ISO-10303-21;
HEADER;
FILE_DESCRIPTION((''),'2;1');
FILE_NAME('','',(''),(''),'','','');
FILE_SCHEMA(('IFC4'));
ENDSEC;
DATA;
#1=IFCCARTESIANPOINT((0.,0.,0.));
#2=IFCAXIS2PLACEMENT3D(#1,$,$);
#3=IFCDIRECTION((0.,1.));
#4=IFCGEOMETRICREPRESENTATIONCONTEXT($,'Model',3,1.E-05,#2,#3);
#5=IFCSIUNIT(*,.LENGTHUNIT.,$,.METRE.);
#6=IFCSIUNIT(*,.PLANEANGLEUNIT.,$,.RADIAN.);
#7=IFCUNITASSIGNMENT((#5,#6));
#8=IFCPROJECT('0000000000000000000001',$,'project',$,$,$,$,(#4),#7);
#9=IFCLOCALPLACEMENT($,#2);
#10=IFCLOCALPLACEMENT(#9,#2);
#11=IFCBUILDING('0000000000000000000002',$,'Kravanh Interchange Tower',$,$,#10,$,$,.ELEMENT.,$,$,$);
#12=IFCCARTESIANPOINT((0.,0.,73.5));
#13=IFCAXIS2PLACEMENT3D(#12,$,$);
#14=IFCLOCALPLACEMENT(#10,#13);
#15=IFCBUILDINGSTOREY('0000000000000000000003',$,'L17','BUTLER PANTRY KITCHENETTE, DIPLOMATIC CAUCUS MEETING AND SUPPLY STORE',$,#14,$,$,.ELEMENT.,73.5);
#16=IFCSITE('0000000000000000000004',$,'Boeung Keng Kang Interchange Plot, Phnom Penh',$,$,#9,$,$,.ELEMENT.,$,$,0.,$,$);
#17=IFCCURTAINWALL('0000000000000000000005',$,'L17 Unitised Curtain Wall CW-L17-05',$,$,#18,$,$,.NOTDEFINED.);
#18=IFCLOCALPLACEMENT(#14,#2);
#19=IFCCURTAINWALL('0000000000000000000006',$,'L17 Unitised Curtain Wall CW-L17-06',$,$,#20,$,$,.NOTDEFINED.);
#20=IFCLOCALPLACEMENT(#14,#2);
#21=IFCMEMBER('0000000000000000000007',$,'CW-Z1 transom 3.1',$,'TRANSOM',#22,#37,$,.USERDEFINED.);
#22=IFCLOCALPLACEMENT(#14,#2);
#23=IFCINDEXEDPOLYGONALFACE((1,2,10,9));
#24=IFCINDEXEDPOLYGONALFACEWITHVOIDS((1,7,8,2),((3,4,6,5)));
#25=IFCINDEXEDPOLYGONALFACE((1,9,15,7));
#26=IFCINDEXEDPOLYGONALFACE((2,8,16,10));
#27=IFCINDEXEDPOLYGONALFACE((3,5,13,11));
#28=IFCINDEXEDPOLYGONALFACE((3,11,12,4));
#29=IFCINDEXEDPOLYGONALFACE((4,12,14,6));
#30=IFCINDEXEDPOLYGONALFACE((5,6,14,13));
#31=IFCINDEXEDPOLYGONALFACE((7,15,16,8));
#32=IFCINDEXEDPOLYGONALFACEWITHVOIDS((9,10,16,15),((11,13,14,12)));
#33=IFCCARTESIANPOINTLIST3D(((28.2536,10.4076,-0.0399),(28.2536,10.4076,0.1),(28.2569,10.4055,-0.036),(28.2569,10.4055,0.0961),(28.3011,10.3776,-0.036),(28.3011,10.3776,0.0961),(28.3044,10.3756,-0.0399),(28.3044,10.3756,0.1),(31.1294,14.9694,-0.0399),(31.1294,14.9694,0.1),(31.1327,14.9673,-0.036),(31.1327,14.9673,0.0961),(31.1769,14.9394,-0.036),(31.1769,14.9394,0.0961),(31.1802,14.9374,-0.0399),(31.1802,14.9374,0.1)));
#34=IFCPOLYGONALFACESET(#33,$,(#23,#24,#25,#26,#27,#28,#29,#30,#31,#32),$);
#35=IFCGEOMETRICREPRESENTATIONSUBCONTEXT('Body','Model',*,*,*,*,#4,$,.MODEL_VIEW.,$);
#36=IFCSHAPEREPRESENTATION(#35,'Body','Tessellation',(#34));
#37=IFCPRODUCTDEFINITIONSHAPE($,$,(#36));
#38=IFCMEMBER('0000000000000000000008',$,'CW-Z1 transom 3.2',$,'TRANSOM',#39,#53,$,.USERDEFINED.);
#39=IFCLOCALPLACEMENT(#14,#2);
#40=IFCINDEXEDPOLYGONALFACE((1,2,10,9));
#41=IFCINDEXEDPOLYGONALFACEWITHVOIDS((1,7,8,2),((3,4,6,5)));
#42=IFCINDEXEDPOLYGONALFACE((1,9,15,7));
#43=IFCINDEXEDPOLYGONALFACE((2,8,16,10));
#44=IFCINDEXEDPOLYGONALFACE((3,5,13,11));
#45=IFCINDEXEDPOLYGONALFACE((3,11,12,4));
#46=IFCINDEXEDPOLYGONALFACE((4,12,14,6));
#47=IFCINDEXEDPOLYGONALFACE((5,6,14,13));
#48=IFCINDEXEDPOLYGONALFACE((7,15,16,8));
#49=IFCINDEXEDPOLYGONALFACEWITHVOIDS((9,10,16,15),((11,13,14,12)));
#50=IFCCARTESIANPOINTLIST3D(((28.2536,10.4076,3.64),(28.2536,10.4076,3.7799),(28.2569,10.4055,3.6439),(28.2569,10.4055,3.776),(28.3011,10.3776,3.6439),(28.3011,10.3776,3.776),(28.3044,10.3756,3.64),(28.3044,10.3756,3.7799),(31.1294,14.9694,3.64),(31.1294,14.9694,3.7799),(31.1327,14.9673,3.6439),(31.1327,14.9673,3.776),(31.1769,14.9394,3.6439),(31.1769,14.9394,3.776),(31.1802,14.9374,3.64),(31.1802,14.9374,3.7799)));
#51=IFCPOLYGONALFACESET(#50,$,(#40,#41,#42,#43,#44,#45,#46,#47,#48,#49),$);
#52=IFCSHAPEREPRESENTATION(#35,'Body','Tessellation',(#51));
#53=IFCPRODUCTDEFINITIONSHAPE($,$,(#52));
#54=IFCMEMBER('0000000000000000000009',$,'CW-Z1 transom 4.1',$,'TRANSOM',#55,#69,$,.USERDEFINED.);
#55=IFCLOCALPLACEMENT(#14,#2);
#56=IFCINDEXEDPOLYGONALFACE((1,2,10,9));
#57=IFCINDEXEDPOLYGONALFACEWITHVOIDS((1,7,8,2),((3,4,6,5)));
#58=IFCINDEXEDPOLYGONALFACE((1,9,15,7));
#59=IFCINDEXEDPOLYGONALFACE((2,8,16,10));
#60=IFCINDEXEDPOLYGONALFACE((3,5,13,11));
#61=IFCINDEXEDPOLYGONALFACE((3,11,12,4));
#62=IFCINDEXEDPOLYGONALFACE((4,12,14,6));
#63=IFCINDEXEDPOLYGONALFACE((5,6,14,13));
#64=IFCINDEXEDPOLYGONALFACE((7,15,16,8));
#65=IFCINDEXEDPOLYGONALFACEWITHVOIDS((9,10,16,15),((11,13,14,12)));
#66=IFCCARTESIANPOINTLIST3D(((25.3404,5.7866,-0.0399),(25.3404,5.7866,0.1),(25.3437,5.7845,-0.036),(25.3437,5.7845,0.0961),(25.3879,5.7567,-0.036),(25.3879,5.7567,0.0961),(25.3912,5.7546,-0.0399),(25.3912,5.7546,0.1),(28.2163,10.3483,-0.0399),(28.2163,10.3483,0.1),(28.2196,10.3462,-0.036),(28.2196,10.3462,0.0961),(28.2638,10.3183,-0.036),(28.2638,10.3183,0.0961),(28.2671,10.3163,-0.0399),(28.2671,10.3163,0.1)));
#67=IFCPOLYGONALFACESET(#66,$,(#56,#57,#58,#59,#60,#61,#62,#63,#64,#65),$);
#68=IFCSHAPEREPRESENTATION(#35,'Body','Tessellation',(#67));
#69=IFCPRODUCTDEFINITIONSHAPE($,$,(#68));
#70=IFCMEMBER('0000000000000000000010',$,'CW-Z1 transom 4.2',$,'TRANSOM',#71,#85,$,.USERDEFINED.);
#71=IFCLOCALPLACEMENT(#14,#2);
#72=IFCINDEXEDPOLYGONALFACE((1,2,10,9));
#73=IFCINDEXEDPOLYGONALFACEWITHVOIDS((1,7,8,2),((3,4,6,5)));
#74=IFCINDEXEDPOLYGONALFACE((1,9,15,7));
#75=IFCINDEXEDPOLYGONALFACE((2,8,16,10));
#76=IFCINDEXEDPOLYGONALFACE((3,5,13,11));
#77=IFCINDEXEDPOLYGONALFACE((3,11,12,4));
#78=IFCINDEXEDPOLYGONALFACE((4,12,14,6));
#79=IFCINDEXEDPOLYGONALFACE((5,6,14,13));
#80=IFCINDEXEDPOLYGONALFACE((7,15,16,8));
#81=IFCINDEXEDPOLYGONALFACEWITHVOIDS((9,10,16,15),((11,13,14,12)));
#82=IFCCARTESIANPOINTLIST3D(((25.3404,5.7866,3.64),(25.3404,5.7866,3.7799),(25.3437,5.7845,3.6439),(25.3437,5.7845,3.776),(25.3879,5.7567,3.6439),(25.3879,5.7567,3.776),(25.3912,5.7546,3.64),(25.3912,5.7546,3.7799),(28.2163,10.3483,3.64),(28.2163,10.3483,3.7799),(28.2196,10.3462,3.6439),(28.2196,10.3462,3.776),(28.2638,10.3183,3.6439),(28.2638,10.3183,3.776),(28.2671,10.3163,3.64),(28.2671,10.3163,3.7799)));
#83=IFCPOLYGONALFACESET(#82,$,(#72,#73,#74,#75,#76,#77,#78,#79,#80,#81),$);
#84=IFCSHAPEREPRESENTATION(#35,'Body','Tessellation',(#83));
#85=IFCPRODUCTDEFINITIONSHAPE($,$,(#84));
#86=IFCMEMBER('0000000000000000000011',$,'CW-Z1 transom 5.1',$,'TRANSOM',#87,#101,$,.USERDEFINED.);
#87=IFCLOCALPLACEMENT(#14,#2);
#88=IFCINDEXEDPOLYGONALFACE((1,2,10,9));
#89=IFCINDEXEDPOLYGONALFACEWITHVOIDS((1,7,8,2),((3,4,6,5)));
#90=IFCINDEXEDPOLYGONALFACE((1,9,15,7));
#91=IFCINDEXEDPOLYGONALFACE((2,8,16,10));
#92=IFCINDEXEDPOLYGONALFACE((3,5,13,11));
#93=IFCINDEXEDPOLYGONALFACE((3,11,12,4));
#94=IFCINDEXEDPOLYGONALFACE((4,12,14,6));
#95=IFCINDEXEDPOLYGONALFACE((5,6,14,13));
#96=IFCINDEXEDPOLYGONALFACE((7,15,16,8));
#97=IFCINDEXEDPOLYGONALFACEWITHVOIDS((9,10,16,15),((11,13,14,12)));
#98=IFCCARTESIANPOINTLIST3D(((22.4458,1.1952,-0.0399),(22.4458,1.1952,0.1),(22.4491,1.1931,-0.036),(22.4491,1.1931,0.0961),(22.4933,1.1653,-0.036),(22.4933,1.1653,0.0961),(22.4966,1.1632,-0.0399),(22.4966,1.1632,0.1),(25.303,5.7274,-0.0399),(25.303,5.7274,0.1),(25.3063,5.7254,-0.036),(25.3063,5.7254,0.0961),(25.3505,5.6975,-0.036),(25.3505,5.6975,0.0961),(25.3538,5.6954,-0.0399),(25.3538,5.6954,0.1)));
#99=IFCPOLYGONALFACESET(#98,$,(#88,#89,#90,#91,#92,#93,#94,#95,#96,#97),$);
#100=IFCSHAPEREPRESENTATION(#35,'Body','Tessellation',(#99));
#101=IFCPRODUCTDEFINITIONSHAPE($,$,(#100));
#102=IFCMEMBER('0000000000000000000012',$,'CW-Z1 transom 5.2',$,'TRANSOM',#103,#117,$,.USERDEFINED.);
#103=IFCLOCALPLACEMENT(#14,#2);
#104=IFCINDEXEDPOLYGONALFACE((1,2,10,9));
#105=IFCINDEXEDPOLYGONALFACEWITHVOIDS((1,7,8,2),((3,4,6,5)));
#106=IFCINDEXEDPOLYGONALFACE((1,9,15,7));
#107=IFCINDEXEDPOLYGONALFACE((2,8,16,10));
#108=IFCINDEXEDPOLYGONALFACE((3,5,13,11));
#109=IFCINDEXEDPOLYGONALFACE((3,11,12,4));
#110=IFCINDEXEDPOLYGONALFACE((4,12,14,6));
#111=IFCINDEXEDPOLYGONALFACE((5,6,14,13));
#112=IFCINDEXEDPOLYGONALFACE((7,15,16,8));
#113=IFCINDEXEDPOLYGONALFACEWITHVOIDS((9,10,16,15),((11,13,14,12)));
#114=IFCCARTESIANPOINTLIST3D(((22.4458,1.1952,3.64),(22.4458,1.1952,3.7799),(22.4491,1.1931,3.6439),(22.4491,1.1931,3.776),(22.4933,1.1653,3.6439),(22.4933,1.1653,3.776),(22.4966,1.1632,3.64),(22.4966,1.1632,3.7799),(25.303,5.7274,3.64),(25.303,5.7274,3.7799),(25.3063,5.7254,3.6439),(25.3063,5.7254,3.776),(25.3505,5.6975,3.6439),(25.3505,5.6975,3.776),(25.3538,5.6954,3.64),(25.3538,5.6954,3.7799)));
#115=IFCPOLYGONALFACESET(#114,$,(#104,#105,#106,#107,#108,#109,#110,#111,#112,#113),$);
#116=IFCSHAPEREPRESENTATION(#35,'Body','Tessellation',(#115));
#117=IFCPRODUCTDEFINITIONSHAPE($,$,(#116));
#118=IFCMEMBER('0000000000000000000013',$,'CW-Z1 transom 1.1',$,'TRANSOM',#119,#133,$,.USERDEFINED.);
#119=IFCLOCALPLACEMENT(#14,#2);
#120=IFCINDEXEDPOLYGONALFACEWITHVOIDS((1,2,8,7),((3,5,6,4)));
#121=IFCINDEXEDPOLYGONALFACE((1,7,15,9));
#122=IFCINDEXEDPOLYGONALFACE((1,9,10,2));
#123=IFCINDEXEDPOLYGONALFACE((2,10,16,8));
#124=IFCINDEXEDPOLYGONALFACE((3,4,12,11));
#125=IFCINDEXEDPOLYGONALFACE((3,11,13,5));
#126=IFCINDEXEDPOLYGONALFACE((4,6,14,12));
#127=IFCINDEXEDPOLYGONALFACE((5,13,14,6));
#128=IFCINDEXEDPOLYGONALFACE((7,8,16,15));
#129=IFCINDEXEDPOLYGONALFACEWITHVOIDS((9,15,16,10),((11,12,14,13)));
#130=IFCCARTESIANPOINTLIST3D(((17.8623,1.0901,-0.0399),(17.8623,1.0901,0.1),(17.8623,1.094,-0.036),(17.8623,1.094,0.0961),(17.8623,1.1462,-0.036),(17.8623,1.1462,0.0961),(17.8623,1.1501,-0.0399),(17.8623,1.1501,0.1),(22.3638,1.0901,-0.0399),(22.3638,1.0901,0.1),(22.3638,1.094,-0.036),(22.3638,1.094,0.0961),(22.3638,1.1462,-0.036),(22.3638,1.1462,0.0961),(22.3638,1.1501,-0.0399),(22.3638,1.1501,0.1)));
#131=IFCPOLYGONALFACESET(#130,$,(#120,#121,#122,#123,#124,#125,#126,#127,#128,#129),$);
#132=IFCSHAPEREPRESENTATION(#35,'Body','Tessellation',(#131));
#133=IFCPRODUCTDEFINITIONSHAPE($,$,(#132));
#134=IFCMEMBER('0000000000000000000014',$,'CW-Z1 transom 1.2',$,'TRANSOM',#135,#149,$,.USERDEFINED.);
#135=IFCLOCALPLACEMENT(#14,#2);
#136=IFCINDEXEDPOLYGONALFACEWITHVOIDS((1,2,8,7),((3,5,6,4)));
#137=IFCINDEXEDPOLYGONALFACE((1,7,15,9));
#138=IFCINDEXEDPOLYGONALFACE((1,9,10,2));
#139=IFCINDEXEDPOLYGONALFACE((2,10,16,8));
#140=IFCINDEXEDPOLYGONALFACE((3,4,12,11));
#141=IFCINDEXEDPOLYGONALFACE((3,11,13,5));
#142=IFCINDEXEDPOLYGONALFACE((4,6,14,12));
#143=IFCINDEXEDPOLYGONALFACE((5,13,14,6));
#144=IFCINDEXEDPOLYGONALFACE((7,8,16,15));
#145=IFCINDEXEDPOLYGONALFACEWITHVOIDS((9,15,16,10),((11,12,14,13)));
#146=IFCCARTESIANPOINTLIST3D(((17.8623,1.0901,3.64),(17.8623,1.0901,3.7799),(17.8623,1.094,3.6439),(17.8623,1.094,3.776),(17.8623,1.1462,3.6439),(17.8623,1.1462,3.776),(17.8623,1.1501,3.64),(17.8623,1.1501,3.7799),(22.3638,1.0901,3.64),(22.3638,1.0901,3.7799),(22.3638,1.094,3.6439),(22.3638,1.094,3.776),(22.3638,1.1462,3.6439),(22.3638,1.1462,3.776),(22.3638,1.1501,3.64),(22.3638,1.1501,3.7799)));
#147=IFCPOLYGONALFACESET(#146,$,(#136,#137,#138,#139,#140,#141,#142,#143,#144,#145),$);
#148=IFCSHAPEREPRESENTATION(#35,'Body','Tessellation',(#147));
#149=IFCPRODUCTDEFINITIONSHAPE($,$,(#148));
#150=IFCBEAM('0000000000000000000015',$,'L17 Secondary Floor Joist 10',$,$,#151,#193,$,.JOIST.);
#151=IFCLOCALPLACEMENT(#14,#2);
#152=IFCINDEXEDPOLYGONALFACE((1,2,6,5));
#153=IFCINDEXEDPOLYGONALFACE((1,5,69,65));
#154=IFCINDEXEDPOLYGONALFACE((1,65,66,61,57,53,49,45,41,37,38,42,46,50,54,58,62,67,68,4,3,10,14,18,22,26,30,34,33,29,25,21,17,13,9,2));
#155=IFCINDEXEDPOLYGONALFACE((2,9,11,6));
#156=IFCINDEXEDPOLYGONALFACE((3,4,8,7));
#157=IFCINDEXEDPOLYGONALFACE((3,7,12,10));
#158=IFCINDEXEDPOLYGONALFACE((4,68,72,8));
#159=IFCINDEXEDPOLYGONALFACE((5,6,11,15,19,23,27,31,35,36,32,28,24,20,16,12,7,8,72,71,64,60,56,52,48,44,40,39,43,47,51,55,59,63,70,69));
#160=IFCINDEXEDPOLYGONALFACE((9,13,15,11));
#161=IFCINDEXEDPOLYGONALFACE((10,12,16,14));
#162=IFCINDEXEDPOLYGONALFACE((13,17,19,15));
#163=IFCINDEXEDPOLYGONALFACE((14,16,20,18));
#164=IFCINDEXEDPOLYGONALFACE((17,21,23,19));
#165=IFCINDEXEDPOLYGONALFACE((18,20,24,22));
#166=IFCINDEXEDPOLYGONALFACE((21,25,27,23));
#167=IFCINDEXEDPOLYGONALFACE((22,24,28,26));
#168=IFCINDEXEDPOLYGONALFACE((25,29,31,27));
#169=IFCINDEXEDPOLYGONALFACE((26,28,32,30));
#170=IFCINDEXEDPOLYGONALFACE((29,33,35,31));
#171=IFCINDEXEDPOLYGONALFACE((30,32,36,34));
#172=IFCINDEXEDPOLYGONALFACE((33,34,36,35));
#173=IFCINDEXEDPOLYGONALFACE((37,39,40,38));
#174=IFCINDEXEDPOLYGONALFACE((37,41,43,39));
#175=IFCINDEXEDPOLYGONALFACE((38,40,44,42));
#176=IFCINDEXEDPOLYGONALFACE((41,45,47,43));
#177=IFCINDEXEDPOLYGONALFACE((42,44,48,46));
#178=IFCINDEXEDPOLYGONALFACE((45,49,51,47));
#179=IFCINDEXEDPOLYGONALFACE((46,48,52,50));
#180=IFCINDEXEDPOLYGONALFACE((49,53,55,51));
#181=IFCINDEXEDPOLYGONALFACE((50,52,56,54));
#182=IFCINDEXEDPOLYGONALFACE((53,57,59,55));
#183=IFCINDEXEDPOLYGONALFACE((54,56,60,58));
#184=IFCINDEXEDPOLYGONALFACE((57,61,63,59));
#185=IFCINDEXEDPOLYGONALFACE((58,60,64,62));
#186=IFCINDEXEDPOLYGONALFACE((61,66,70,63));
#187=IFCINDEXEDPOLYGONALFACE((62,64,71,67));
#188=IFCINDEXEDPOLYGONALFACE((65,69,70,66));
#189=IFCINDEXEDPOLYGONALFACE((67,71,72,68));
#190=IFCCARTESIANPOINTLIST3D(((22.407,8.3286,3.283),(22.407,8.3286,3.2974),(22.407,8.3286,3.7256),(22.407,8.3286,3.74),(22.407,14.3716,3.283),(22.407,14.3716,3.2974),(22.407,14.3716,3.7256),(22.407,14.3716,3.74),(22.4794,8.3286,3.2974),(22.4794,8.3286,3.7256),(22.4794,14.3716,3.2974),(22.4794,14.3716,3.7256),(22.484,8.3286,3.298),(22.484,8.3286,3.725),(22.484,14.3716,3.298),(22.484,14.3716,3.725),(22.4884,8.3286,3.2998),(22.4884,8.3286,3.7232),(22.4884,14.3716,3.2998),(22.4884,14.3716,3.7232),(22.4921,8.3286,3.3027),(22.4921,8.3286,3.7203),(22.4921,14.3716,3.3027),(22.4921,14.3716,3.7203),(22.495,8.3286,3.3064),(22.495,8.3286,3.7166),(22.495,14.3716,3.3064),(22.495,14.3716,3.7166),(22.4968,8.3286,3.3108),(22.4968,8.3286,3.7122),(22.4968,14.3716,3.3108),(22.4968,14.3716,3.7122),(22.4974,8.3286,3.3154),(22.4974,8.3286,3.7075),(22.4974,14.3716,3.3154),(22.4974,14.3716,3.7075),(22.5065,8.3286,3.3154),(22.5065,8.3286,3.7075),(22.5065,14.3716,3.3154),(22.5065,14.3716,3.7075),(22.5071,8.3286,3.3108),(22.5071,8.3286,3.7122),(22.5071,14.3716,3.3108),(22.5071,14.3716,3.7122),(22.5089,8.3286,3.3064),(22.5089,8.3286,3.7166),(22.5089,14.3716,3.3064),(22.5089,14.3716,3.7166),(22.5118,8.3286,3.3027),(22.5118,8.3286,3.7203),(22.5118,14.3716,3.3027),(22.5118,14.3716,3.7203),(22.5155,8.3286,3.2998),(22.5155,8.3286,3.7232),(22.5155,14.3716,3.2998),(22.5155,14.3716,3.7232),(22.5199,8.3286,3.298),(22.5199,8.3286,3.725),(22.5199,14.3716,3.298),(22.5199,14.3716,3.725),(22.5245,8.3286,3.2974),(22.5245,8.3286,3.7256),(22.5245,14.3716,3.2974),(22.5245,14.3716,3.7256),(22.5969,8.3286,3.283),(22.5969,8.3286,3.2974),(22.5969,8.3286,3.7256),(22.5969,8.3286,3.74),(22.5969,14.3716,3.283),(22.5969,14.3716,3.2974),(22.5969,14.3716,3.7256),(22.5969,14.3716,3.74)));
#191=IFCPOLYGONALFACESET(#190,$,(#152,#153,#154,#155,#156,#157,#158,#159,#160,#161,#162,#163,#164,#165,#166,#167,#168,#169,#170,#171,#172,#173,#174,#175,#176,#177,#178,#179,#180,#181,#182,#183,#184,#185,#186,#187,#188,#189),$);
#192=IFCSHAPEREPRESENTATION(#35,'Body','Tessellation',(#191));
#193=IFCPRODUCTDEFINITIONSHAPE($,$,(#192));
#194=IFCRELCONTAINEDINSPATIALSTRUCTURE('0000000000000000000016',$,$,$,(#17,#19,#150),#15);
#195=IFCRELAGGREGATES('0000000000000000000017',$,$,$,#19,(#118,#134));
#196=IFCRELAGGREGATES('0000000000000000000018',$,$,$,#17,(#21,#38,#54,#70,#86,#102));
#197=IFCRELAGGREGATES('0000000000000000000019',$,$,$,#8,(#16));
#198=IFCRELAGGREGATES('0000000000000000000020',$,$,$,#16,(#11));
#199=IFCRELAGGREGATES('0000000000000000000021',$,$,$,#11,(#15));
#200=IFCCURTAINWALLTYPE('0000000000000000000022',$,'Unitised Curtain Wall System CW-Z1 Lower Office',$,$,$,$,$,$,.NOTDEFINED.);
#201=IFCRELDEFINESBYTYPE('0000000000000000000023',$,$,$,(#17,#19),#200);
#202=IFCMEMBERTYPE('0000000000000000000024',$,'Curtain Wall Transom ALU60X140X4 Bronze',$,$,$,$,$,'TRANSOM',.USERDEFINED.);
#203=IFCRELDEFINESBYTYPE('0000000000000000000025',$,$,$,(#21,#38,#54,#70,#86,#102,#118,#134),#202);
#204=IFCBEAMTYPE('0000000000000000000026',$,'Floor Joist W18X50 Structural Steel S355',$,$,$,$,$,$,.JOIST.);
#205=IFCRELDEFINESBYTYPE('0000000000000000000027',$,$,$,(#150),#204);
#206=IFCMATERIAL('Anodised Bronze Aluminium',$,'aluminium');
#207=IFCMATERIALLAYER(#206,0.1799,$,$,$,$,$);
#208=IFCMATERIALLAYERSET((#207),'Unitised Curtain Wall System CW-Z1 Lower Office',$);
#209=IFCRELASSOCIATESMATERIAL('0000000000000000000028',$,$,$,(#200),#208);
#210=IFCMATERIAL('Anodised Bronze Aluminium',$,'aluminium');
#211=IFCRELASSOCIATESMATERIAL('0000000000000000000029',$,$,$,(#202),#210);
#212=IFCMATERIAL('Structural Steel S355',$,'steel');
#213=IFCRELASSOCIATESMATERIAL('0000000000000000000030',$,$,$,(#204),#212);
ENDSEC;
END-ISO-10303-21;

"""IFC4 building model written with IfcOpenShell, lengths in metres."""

from ifc_helpers import new_model, si_unit, direction, frame, origin, origin_2d, place, context, subcontext, project, spatial, hollow_rectangle, i_section, extrude, material, layer, layer_set, material_profile, profile_set, type_object, element, aggregate, save


model = new_model("IFC4")

# Units and contexts
model_context = context("Model", 3, precision=1e-05, world=origin(), true_north=direction((0.0, 1.0)))
body_context = subcontext(model_context, "Body", "Model", "MODEL_VIEW")
ifc_project = project(units=[si_unit("LENGTHUNIT", "METRE"), si_unit("PLANEANGLEUNIT", "RADIAN")], contexts=[model_context])

# Site, building, storey
site_placement = place(None, origin())
site = spatial("IfcSite", under=ifc_project, at=site_placement, Name="Boeung Keng Kang Interchange Plot, Phnom Penh", CompositionType="ELEMENT", RefElevation=0.0)
building_placement = place(site_placement, origin())
building = spatial("IfcBuilding", under=site, at=building_placement, Name="Kravanh Interchange Tower", CompositionType="ELEMENT")
storey_placement = place(building_placement, frame((0.0, 0.0, 73.5)))
storey = spatial("IfcBuildingStorey", under=building, at=storey_placement, Name="L17", Description="BUTLER PANTRY KITCHENETTE, DIPLOMATIC CAUCUS MEETING AND SUPPLY STORE", CompositionType="ELEMENT", Elevation=73.5)

# Curtain wall
ifc_material_1 = material(Name="Anodised Bronze Aluminium", Category="aluminium")
ifc_layer_1 = layer(ifc_material_1, 0.1799)
ifc_layer_set_1 = layer_set([ifc_layer_1], Name="Unitised Curtain Wall System CW-Z1 Lower Office")
curtain_wall_type = type_object("IfcCurtainWallType", Name="Unitised Curtain Wall System CW-Z1 Lower Office", PredefinedType="NOTDEFINED", material=ifc_layer_set_1)
curtain_wall_1_placement = place(storey_placement, origin())
curtain_wall_1 = element("IfcCurtainWall", 1, at=curtain_wall_1_placement, inside=storey, type_object=curtain_wall_type, Name="L17 Unitised Curtain Wall CW-L17-05", PredefinedType="NOTDEFINED")

# Curtain wall
curtain_wall_2_placement = place(storey_placement, origin())
curtain_wall_2 = element("IfcCurtainWall", 2, at=curtain_wall_2_placement, inside=storey, type_object=curtain_wall_type, Name="L17 Unitised Curtain Wall CW-L17-06", PredefinedType="NOTDEFINED")

# Members
ifc_material_2 = material(Name="Anodised Bronze Aluminium", Category="aluminium")
ifc_material_profile_1 = material_profile(ifc_material_2, hollow_rectangle(XDim=0.0601, YDim=0.1399, WallThickness=0.0039, at=origin_2d()), Name="ALU60X140X4")
ifc_profile_set_1 = profile_set([ifc_material_profile_1], Name="Anodised Bronze Aluminium")
member_type_1 = type_object("IfcMemberType", Name="Curtain Wall Transom ALU60X140X4 Bronze", ElementType="TRANSOM", PredefinedType="USERDEFINED", material=ifc_profile_set_1)
member_1_placement = place(storey_placement, frame((31.1548, 14.9534, 0.03), z_axis=(-0.533279, -0.845939, 0.0), x_axis=(0.845939, -0.533279, 0.0)))
member_1 = element("IfcMember", 3, at=member_1_placement, type_object=member_type_1, Name="CW-Z1 transom 3.1", ObjectType="TRANSOM", PredefinedType="USERDEFINED", context=body_context, shape_type="SweptSolid", body=[
    extrude(hollow_rectangle(XDim=0.0601, YDim=0.1399, WallThickness=0.0039, at=origin_2d()), origin(), (0.0, 0.0, 1.0), 5.3926),
])
member_2_placement = place(storey_placement, frame((31.1548, 14.9534, 3.71), z_axis=(-0.533279, -0.845939, 0.0), x_axis=(0.845939, -0.533279, 0.0)))
member_2 = element("IfcMember", 4, at=member_2_placement, type_object=member_type_1, Name="CW-Z1 transom 3.2", ObjectType="TRANSOM", PredefinedType="USERDEFINED", context=body_context, shape_type="SweptSolid", body=[
    extrude(hollow_rectangle(XDim=0.0601, YDim=0.1399, WallThickness=0.0039, at=origin_2d()), origin(), (0.0, 0.0, 1.0), 5.3926),
])
member_3_placement = place(storey_placement, frame((28.2417, 10.3323, 0.03), z_axis=(-0.533311, -0.845919, 0.0), x_axis=(0.845919, -0.533311, 0.0)))
member_3 = element("IfcMember", 5, at=member_3_placement, type_object=member_type_1, Name="CW-Z1 transom 4.1", ObjectType="TRANSOM", PredefinedType="USERDEFINED", context=body_context, shape_type="SweptSolid", body=[
    extrude(hollow_rectangle(XDim=0.0601, YDim=0.1399, WallThickness=0.0039, at=origin_2d()), origin(), (0.0, 0.0, 1.0), 5.3926),
])
member_4_placement = place(storey_placement, frame((28.2417, 10.3323, 3.71), z_axis=(-0.533311, -0.845919, 0.0), x_axis=(0.845919, -0.533311, 0.0)))
member_4 = element("IfcMember", 6, at=member_4_placement, type_object=member_type_1, Name="CW-Z1 transom 4.2", ObjectType="TRANSOM", PredefinedType="USERDEFINED", context=body_context, shape_type="SweptSolid", body=[
    extrude(hollow_rectangle(XDim=0.0601, YDim=0.1399, WallThickness=0.0039, at=origin_2d()), origin(), (0.0, 0.0, 1.0), 5.3926),
])
member_5_placement = place(storey_placement, frame((25.3284, 5.7114, 0.03), z_axis=(-0.533288, -0.845934, 0.0), x_axis=(0.845934, -0.533288, 0.0)))
member_5 = element("IfcMember", 7, at=member_5_placement, type_object=member_type_1, Name="CW-Z1 transom 5.1", ObjectType="TRANSOM", PredefinedType="USERDEFINED", context=body_context, shape_type="SweptSolid", body=[
    extrude(hollow_rectangle(XDim=0.0601, YDim=0.1399, WallThickness=0.0039, at=origin_2d()), origin(), (0.0, 0.0, 1.0), 5.3577),
])
member_6_placement = place(storey_placement, frame((25.3284, 5.7114, 3.71), z_axis=(-0.533288, -0.845934, 0.0), x_axis=(0.845934, -0.533288, 0.0)))
member_6 = element("IfcMember", 8, at=member_6_placement, type_object=member_type_1, Name="CW-Z1 transom 5.2", ObjectType="TRANSOM", PredefinedType="USERDEFINED", context=body_context, shape_type="SweptSolid", body=[
    extrude(hollow_rectangle(XDim=0.0601, YDim=0.1399, WallThickness=0.0039, at=origin_2d()), origin(), (0.0, 0.0, 1.0), 5.3577),
])
member_7_placement = place(storey_placement, frame((22.3638, 1.1201, 0.03), z_axis=(-1.0, 0.0, 0.0), x_axis=(0.0, -1.0, 0.0)))
member_7 = element("IfcMember", 9, at=member_7_placement, type_object=member_type_1, Name="CW-Z1 transom 1.1", ObjectType="TRANSOM", PredefinedType="USERDEFINED", context=body_context, shape_type="SweptSolid", body=[
    extrude(hollow_rectangle(XDim=0.0601, YDim=0.1399, WallThickness=0.0039, at=origin_2d()), origin(), (0.0, 0.0, 1.0), 4.5015),
])
member_8_placement = place(storey_placement, frame((22.3638, 1.1201, 3.71), z_axis=(-1.0, 0.0, 0.0), x_axis=(0.0, -1.0, 0.0)))
member_8 = element("IfcMember", 10, at=member_8_placement, type_object=member_type_1, Name="CW-Z1 transom 1.2", ObjectType="TRANSOM", PredefinedType="USERDEFINED", context=body_context, shape_type="SweptSolid", body=[
    extrude(hollow_rectangle(XDim=0.0601, YDim=0.1399, WallThickness=0.0039, at=origin_2d()), origin(), (0.0, 0.0, 1.0), 4.5015),
])
aggregate(curtain_wall_2, [member_7, member_8])

# Beam
ifc_material_3 = material(Name="Structural Steel S355", Category="steel")
ifc_material_profile_2 = material_profile(ifc_material_3, i_section(OverallWidth=0.1899, OverallDepth=0.457, WebThickness=0.009, FlangeThickness=0.0144, FilletRadius=0.0181, at=origin_2d()), Name="W18X50")
ifc_profile_set_2 = profile_set([ifc_material_profile_2], Name="Structural Steel S355")
beam_type_1 = type_object("IfcBeamType", Name="Floor Joist W18X50 Structural Steel S355", PredefinedType="JOIST", material=ifc_profile_set_2)
beam_1_placement = place(storey_placement, frame((22.502, 8.3286, 3.5115), z_axis=(0.0, 1.0, 0.0), x_axis=(-1.0, 0.0, 0.0)))
element("IfcBeam", 11, at=beam_1_placement, inside=storey, type_object=beam_type_1, Name="L17 Secondary Floor Joist 10", PredefinedType="JOIST", context=body_context, shape_type="SweptSolid", body=[
    extrude(i_section(OverallWidth=0.1899, OverallDepth=0.457, WebThickness=0.009, FlangeThickness=0.0144, FilletRadius=0.0181, at=origin_2d()), origin(), (0.0, 0.0, 1.0), 6.043),
])

aggregate(curtain_wall_1, [member_1, member_2, member_3, member_4, member_5, member_6])

save(model, "model.ifc")
